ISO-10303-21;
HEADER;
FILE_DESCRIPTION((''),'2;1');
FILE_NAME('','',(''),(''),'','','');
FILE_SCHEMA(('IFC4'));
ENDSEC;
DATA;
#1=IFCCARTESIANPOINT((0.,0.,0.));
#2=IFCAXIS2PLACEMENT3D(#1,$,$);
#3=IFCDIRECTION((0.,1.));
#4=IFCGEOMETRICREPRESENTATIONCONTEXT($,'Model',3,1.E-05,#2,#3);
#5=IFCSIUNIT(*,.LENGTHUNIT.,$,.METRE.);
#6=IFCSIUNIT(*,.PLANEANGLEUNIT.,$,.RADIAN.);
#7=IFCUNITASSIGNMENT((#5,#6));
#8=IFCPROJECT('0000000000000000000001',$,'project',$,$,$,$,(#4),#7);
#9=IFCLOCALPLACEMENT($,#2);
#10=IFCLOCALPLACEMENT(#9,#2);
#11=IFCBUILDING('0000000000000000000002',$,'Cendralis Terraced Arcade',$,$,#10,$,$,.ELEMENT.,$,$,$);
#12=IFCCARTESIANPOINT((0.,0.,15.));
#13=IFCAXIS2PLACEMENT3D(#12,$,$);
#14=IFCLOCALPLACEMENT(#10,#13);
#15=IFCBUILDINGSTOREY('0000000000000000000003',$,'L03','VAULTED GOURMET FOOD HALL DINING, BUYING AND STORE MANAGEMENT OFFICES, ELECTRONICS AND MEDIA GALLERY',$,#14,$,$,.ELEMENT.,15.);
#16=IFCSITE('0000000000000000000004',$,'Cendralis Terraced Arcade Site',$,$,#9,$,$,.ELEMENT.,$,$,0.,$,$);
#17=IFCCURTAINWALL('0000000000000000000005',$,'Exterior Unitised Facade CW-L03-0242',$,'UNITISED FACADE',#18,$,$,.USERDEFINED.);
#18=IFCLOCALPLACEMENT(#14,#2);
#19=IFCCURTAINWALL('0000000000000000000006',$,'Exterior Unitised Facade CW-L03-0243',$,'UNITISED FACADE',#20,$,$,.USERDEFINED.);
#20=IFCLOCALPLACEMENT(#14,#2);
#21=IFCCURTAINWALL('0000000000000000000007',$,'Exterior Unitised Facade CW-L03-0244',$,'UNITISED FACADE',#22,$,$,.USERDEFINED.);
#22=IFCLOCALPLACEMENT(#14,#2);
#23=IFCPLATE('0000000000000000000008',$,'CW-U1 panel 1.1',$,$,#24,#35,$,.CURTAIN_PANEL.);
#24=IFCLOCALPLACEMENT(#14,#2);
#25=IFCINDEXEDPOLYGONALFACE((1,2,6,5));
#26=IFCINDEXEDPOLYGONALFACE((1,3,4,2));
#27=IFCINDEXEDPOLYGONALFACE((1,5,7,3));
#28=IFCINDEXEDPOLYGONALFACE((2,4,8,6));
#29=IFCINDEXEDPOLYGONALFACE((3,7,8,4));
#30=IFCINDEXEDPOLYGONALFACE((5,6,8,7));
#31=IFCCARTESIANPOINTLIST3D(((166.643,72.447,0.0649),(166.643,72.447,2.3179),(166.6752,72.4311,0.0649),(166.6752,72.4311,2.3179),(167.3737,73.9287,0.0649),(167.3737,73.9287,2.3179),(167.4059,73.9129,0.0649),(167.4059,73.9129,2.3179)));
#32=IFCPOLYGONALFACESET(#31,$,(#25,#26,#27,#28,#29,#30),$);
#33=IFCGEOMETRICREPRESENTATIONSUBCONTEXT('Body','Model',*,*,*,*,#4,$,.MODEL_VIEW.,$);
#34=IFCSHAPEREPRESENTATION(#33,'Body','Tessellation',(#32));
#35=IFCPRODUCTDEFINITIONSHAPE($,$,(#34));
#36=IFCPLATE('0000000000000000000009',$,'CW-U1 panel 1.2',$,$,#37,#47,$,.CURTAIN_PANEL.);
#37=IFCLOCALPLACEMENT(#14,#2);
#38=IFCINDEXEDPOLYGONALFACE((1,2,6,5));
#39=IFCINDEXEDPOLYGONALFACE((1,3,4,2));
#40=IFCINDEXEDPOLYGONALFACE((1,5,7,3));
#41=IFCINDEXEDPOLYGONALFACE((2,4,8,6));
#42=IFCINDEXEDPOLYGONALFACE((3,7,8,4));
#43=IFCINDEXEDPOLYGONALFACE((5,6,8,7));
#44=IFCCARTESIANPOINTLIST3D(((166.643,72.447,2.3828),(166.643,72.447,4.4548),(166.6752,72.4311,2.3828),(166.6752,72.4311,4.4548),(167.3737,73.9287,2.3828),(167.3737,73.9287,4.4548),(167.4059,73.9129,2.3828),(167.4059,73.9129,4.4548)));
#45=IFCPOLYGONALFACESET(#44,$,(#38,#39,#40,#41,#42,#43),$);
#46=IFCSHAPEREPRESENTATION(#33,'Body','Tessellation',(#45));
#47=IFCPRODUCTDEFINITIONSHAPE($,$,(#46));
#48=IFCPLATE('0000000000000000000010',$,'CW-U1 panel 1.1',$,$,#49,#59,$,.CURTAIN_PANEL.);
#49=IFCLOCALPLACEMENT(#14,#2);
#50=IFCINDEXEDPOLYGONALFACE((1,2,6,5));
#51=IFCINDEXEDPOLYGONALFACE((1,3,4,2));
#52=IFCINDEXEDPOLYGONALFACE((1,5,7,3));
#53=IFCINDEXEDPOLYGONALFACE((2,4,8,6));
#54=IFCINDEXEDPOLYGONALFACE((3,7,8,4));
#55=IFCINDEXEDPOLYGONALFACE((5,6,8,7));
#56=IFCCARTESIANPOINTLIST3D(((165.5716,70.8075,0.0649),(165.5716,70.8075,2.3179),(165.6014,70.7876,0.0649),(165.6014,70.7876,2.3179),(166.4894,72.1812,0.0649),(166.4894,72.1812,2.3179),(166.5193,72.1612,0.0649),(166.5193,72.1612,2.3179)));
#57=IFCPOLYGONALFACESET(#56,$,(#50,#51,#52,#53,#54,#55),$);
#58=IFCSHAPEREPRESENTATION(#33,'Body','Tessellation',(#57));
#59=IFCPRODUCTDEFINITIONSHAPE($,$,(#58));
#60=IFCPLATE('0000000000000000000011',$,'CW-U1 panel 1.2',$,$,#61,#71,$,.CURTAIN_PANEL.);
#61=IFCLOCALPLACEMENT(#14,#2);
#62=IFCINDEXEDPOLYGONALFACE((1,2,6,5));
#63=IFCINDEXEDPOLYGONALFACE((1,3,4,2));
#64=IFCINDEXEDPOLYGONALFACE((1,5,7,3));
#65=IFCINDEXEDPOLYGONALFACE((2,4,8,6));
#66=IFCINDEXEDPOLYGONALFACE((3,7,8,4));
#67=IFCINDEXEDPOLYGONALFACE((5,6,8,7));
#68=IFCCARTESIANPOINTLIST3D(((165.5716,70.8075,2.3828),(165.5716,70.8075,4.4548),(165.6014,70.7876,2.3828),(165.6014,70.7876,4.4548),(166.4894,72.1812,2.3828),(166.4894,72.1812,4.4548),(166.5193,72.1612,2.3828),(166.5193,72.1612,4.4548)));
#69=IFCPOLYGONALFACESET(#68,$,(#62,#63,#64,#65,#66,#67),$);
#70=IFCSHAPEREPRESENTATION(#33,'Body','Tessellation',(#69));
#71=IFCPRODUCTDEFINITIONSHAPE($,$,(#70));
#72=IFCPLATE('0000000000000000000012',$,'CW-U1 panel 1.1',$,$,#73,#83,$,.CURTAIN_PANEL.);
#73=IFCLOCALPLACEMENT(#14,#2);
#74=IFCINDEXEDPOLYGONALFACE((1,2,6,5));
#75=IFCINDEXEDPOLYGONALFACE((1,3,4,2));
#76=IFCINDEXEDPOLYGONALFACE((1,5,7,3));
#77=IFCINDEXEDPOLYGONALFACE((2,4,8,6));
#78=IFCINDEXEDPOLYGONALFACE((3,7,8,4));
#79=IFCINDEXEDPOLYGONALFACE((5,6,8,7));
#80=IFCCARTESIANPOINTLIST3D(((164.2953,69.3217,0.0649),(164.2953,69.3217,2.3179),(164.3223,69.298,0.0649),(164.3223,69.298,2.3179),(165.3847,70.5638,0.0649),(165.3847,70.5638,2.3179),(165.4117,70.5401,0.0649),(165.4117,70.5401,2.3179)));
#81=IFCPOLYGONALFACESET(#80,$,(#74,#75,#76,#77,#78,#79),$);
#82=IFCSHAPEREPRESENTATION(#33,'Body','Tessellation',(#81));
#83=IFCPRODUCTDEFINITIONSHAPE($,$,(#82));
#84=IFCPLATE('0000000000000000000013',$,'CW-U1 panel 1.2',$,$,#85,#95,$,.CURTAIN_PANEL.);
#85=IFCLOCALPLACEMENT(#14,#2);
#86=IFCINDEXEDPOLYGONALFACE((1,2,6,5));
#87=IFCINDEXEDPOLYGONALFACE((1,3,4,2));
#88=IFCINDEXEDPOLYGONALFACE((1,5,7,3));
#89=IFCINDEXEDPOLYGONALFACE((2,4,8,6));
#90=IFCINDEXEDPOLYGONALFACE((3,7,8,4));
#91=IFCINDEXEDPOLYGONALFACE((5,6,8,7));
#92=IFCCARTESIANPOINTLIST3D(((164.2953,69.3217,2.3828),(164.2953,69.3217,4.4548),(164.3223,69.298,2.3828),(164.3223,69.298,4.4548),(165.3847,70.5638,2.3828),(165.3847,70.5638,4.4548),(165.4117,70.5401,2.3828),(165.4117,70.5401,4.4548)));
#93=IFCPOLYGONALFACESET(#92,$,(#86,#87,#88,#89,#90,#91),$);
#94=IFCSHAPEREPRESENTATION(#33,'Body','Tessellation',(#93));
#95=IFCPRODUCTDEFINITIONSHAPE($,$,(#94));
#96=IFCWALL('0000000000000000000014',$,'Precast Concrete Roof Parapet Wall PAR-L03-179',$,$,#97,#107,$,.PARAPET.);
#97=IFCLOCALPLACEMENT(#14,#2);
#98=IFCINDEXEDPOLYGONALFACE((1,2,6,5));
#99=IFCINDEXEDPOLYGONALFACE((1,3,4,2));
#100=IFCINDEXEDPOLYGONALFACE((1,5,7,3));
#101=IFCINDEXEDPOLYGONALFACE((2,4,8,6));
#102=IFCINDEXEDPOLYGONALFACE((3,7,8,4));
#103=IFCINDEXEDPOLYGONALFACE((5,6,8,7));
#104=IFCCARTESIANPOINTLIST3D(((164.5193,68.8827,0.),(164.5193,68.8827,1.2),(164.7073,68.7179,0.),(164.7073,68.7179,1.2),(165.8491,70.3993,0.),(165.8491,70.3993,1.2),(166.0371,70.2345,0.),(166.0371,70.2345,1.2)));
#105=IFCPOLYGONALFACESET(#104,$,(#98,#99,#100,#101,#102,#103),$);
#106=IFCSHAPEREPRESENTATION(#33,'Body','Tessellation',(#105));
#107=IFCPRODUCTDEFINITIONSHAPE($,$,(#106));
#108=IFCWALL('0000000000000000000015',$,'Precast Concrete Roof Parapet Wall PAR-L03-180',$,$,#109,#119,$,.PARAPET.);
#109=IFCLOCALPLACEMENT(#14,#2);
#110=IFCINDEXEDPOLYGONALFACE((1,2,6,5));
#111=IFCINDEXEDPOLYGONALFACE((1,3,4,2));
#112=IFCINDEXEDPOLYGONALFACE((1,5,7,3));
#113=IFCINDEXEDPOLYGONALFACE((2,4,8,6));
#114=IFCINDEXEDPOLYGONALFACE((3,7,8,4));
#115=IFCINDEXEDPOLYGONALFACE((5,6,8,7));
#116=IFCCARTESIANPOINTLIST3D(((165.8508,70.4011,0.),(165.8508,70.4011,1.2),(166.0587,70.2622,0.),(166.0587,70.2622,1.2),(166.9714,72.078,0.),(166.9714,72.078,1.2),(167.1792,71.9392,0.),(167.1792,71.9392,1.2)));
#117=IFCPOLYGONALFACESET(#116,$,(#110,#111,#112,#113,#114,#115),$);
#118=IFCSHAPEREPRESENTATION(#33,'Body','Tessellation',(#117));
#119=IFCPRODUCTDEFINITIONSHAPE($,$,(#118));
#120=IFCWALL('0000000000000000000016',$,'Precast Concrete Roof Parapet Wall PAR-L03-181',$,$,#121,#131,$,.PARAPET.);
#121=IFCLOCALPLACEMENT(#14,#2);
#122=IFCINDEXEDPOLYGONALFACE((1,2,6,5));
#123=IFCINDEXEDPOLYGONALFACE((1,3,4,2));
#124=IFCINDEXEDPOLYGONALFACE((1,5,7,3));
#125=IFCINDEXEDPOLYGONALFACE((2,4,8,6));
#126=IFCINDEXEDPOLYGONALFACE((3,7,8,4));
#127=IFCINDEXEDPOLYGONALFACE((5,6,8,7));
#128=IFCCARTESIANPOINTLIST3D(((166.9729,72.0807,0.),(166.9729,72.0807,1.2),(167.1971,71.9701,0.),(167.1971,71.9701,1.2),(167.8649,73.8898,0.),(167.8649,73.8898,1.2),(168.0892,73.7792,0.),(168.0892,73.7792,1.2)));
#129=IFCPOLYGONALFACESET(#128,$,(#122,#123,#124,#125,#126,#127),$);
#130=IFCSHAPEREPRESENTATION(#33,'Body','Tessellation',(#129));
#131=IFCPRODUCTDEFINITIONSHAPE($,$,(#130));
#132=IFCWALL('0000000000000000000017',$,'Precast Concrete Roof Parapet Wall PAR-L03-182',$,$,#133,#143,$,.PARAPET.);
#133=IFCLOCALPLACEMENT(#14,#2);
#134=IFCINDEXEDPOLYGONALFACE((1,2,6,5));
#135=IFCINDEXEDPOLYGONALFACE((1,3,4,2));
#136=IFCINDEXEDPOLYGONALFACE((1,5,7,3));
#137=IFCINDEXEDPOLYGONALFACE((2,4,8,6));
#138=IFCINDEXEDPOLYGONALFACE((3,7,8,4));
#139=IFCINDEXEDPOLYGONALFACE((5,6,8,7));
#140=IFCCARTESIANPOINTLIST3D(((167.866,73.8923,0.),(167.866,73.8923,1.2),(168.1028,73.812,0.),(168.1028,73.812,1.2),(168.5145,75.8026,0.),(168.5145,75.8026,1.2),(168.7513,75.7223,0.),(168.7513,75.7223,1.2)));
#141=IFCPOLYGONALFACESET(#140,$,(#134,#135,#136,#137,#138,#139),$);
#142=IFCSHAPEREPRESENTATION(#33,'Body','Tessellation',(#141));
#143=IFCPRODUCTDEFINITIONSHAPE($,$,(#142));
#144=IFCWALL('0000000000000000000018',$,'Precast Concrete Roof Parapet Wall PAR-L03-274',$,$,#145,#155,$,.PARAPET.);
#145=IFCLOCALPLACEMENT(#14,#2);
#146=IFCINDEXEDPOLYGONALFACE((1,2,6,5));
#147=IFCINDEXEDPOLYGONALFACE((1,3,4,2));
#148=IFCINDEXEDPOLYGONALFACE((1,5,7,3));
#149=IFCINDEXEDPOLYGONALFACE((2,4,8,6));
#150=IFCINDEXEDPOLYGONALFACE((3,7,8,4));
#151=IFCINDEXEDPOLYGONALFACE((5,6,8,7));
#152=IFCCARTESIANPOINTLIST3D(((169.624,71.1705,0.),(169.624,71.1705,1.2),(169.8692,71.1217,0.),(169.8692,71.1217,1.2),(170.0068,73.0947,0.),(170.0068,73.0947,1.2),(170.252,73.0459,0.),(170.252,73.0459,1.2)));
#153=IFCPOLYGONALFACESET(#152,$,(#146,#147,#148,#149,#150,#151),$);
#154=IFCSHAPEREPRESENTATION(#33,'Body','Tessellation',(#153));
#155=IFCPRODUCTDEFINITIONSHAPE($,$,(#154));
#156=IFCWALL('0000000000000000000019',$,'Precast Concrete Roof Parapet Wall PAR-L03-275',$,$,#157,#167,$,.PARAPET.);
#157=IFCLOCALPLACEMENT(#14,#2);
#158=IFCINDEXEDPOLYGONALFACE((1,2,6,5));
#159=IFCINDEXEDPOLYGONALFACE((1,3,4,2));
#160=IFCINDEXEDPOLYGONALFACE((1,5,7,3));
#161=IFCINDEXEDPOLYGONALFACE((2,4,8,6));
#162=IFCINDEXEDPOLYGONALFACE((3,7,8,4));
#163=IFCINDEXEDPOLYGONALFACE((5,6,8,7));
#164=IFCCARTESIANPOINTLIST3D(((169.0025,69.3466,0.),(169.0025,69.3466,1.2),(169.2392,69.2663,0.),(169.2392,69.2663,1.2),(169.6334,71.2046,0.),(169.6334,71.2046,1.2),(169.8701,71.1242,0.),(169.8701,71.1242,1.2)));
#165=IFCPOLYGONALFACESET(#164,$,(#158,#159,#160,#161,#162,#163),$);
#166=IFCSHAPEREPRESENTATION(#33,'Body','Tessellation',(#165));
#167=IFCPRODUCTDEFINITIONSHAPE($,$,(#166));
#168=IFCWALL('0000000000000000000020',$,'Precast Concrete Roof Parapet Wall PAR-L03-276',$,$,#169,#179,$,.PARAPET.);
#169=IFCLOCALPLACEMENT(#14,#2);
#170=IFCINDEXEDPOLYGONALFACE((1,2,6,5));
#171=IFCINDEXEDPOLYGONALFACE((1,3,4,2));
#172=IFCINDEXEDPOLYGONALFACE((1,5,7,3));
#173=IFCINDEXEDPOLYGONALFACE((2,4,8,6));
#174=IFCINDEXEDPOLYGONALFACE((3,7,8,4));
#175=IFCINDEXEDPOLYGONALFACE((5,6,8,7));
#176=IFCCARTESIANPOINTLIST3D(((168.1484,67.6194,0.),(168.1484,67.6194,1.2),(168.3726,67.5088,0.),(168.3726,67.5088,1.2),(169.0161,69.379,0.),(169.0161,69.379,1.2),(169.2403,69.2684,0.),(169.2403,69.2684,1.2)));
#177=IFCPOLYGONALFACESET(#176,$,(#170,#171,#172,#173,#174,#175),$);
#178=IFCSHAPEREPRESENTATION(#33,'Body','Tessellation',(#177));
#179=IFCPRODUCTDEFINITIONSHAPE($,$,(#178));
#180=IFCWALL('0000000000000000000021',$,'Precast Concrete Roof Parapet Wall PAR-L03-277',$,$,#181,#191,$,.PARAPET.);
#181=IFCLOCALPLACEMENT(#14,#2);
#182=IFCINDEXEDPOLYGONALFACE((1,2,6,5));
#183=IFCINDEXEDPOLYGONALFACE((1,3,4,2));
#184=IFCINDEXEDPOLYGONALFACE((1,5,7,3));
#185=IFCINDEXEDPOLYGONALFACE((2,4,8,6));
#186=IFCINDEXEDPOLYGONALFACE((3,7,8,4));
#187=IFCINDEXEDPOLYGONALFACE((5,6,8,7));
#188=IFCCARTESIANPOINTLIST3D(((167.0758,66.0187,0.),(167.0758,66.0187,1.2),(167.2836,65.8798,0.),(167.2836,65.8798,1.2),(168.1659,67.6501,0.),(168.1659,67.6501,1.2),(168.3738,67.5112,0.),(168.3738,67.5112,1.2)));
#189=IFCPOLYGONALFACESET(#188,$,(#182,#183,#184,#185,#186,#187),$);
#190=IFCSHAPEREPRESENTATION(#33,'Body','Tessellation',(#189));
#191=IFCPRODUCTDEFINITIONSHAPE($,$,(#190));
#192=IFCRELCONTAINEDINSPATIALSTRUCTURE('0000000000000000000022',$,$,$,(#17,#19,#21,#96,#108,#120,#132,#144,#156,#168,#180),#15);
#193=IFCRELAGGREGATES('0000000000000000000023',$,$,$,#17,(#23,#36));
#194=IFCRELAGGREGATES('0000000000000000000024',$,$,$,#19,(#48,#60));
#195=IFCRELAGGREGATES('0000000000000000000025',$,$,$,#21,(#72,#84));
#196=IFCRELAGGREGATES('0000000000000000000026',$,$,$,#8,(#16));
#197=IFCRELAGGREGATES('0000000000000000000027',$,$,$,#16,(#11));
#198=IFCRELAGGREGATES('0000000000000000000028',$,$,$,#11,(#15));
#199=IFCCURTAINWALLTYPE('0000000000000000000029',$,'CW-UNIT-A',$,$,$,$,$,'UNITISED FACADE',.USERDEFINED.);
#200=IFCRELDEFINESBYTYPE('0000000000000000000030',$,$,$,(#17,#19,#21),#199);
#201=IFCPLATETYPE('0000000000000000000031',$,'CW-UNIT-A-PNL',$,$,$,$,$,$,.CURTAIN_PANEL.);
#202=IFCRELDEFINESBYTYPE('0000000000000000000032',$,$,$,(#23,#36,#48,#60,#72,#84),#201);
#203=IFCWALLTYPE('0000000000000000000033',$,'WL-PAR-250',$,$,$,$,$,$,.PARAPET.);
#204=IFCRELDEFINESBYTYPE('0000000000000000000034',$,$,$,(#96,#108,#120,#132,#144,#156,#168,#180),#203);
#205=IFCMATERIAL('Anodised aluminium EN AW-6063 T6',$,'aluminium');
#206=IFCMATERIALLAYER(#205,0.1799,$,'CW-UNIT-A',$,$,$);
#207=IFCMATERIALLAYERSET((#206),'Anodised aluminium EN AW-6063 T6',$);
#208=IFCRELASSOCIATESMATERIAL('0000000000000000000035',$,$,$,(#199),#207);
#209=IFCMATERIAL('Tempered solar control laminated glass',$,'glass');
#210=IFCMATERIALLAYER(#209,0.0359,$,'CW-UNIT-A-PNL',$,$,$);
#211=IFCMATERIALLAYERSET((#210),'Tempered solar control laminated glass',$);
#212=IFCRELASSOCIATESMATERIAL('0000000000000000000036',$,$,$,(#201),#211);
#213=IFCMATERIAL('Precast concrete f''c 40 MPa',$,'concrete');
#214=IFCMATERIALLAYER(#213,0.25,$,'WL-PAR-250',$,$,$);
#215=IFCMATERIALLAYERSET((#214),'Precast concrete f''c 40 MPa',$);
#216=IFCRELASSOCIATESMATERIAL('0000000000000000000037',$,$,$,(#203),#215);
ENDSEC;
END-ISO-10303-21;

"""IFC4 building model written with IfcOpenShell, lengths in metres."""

from ifc_helpers import new_model, si_unit, direction, frame, frame_2d, origin, origin_2d, place, context, subcontext, project, spatial, rectangle, extrude, material, layer, layer_set, type_object, element, aggregate, save


model = new_model("IFC4")

# Units and contexts
model_context = context("Model", 3, precision=1e-05, world=origin(), true_north=direction((0.0, 1.0)))
body_context = subcontext(model_context, "Body", "Model", "MODEL_VIEW")
ifc_project = project(units=[si_unit("LENGTHUNIT", "METRE"), si_unit("PLANEANGLEUNIT", "RADIAN")], contexts=[model_context])

# Site, building, storey
site_placement = place(None, origin())
site = spatial("IfcSite", under=ifc_project, at=site_placement, Name="Cendralis Terraced Arcade Site", CompositionType="ELEMENT", RefElevation=0.0)
building_placement = place(site_placement, origin())
building = spatial("IfcBuilding", under=site, at=building_placement, Name="Cendralis Terraced Arcade", CompositionType="ELEMENT")
storey_placement = place(building_placement, frame((0.0, 0.0, 15.0)))
storey = spatial("IfcBuildingStorey", under=building, at=storey_placement, Name="L03", Description="VAULTED GOURMET FOOD HALL DINING, BUYING AND STORE MANAGEMENT OFFICES, ELECTRONICS AND MEDIA GALLERY", CompositionType="ELEMENT", Elevation=15.0)

# Curtain wall
ifc_material_1 = material(Name="Anodised aluminium EN AW-6063 T6", Category="aluminium")
ifc_layer_1 = layer(ifc_material_1, 0.1799, Name="CW-UNIT-A")
ifc_layer_set_1 = layer_set([ifc_layer_1], Name="Anodised aluminium EN AW-6063 T6")
curtain_wall_type = type_object("IfcCurtainWallType", Name="CW-UNIT-A", ElementType="UNITISED FACADE", PredefinedType="USERDEFINED", material=ifc_layer_set_1)
curtain_wall_1_placement = place(storey_placement, origin())
curtain_wall_1 = element("IfcCurtainWall", 1, at=curtain_wall_1_placement, inside=storey, type_object=curtain_wall_type, Name="Exterior Unitised Facade CW-L03-0242", ObjectType="UNITISED FACADE", PredefinedType="USERDEFINED")

# Curtain walls
curtain_wall_2_placement = place(storey_placement, origin())
curtain_wall_2 = element("IfcCurtainWall", 2, at=curtain_wall_2_placement, inside=storey, type_object=curtain_wall_type, Name="Exterior Unitised Facade CW-L03-0243", ObjectType="UNITISED FACADE", PredefinedType="USERDEFINED")
curtain_wall_3_placement = place(storey_placement, origin())
curtain_wall_3 = element("IfcCurtainWall", 3, at=curtain_wall_3_placement, inside=storey, type_object=curtain_wall_type, Name="Exterior Unitised Facade CW-L03-0244", ObjectType="UNITISED FACADE", PredefinedType="USERDEFINED")

# Plates
ifc_material_2 = material(Name="Tempered solar control laminated glass", Category="glass")
ifc_layer_2 = layer(ifc_material_2, 0.0359, Name="CW-UNIT-A-PNL")
ifc_layer_set_2 = layer_set([ifc_layer_2], Name="Tempered solar control laminated glass")
plate_type = type_object("IfcPlateType", Name="CW-UNIT-A-PNL", PredefinedType="CURTAIN_PANEL", material=ifc_layer_set_2)
plate_1_placement = place(storey_placement, frame((167.0244, 73.1799, 0.0649), z_axis=(0.0, 0.0, 1.0), x_axis=(-0.442291, -0.896871, 0.0)))
plate_1 = element("IfcPlate", 4, at=plate_1_placement, type_object=plate_type, Name="CW-U1 panel 1.1", PredefinedType="CURTAIN_PANEL", context=body_context, shape_type="SweptSolid", body=[
    extrude(rectangle(XDim=1.6521, YDim=0.0359, at=origin_2d()), origin(), (0.0, 0.0, 1.0), 2.2529),
])
plate_2_placement = place(storey_placement, frame((167.0244, 73.1799, 2.3828), z_axis=(0.0, 0.0, 1.0), x_axis=(-0.442291, -0.896871, 0.0)))
plate_2 = element("IfcPlate", 5, at=plate_2_placement, type_object=plate_type, Name="CW-U1 panel 1.2", PredefinedType="CURTAIN_PANEL", context=body_context, shape_type="SweptSolid", body=[
    extrude(rectangle(XDim=1.6521, YDim=0.0359, at=origin_2d()), origin(), (0.0, 0.0, 1.0), 2.072),
])
aggregate(curtain_wall_1, [plate_1, plate_2])
plate_3_placement = place(storey_placement, frame((166.0454, 71.4844, 0.0649), z_axis=(0.0, 0.0, 1.0), x_axis=(-0.555567, -0.831471, 0.0)))
plate_3 = element("IfcPlate", 6, at=plate_3_placement, type_object=plate_type, Name="CW-U1 panel 1.1", PredefinedType="CURTAIN_PANEL", context=body_context, shape_type="SweptSolid", body=[
    extrude(rectangle(XDim=1.6521, YDim=0.0359, at=origin_2d()), origin(), (0.0, 0.0, 1.0), 2.2529),
])
plate_4_placement = place(storey_placement, frame((166.0454, 71.4844, 2.3828), z_axis=(0.0, 0.0, 1.0), x_axis=(-0.555567, -0.831471, 0.0)))
plate_4 = element("IfcPlate", 7, at=plate_4_placement, type_object=plate_type, Name="CW-U1 panel 1.2", PredefinedType="CURTAIN_PANEL", context=body_context, shape_type="SweptSolid", body=[
    extrude(rectangle(XDim=1.6521, YDim=0.0359, at=origin_2d()), origin(), (0.0, 0.0, 1.0), 2.072),
])
aggregate(curtain_wall_2, [plate_3, plate_4])
plate_5_placement = place(storey_placement, frame((164.8535, 69.9309, 0.0649), z_axis=(0.0, 0.0, 1.0), x_axis=(-0.659386, -0.751804, 0.0)))
plate_5 = element("IfcPlate", 8, at=plate_5_placement, type_object=plate_type, Name="CW-U1 panel 1.1", PredefinedType="CURTAIN_PANEL", context=body_context, shape_type="SweptSolid", body=[
    extrude(rectangle(XDim=1.6521, YDim=0.0359, at=origin_2d()), origin(), (0.0, 0.0, 1.0), 2.2529),
])
plate_6_placement = place(storey_placement, frame((164.8535, 69.9309, 2.3828), z_axis=(0.0, 0.0, 1.0), x_axis=(-0.659386, -0.751804, 0.0)))
plate_6 = element("IfcPlate", 9, at=plate_6_placement, type_object=plate_type, Name="CW-U1 panel 1.2", PredefinedType="CURTAIN_PANEL", context=body_context, shape_type="SweptSolid", body=[
    extrude(rectangle(XDim=1.6521, YDim=0.0359, at=origin_2d()), origin(), (0.0, 0.0, 1.0), 2.072),
])
aggregate(curtain_wall_3, [plate_5, plate_6])

# Walls
ifc_material_3 = material(Name="Precast concrete f'c 40 MPa", Category="concrete")
ifc_layer_3 = layer(ifc_material_3, 0.25, Name="WL-PAR-250")
ifc_layer_set_3 = layer_set([ifc_layer_3], Name="Precast concrete f'c 40 MPa")
wall_type = type_object("IfcWallType", Name="WL-PAR-250", PredefinedType="PARAPET", material=ifc_layer_set_3)
wall_1_placement = place(storey_placement, frame((164.6133, 68.8003, 0.0), z_axis=(0.0, 0.0, 1.0), x_axis=(0.659293, 0.751886, 0.0)))
element("IfcWall", 10, at=wall_1_placement, inside=storey, type_object=wall_type, Name="Precast Concrete Roof Parapet Wall PAR-L03-179", PredefinedType="PARAPET", context=body_context, shape_type="SweptSolid", body=[
    extrude(rectangle(XDim=2.0171, YDim=0.25, at=frame_2d((1.0085, 0.0))), origin(), (0.0, 0.0, 1.0), 1.2),
])
wall_2_placement = place(storey_placement, frame((165.9548, 70.3318, 0.0), z_axis=(0.0, 0.0, 1.0), x_axis=(0.555594, 0.831454, 0.0)))
element("IfcWall", 11, at=wall_2_placement, inside=storey, type_object=wall_type, Name="Precast Concrete Roof Parapet Wall PAR-L03-180", PredefinedType="PARAPET", context=body_context, shape_type="SweptSolid", body=[
    extrude(rectangle(XDim=2.0168, YDim=0.25, at=frame_2d((1.0083, 0.0))), origin(), (0.0, 0.0, 1.0), 1.2),
])
wall_3_placement = place(storey_placement, frame((167.085, 72.0254, 0.0), z_axis=(0.0, 0.0, 1.0), x_axis=(0.442268, 0.896883, 0.0)))
element("IfcWall", 12, at=wall_3_placement, inside=storey, type_object=wall_type, Name="Precast Concrete Roof Parapet Wall PAR-L03-181", PredefinedType="PARAPET", context=body_context, shape_type="SweptSolid", body=[
    extrude(rectangle(XDim=2.0171, YDim=0.25, at=frame_2d((1.0085, 0.0))), origin(), (0.0, 0.0, 1.0), 1.2),
])
wall_4_placement = place(storey_placement, frame((167.9844, 73.8521, 0.0), z_axis=(0.0, 0.0, 1.0), x_axis=(0.321451, 0.946926, 0.0)))
element("IfcWall", 13, at=wall_4_placement, inside=storey, type_object=wall_type, Name="Precast Concrete Roof Parapet Wall PAR-L03-182", PredefinedType="PARAPET", context=body_context, shape_type="SweptSolid", body=[
    extrude(rectangle(XDim=2.0173, YDim=0.25, at=frame_2d((1.0088, 0.0))), origin(), (0.0, 0.0, 1.0), 1.2),
])
wall_5_placement = place(storey_placement, frame((170.1294, 73.0703, 0.0), z_axis=(0.0, 0.0, 1.0), x_axis=(-0.195111, -0.980781, 0.0)))
element("IfcWall", 14, at=wall_5_placement, inside=storey, type_object=wall_type, Name="Precast Concrete Roof Parapet Wall PAR-L03-274", PredefinedType="PARAPET", context=body_context, shape_type="SweptSolid", body=[
    extrude(rectangle(XDim=1.9619, YDim=0.25, at=frame_2d((0.981, 0.0))), origin(), (0.0, 0.0, 1.0), 1.2),
])
wall_6_placement = place(storey_placement, frame((169.7517, 71.1643, 0.0), z_axis=(0.0, 0.0, 1.0), x_axis=(-0.321523, -0.946902, 0.0)))
element("IfcWall", 15, at=wall_6_placement, inside=storey, type_object=wall_type, Name="Precast Concrete Roof Parapet Wall PAR-L03-275", PredefinedType="PARAPET", context=body_context, shape_type="SweptSolid", body=[
    extrude(rectangle(XDim=1.9622, YDim=0.25, at=frame_2d((0.981, 0.0))), origin(), (0.0, 0.0, 1.0), 1.2),
])
wall_7_placement = place(storey_placement, frame((169.1282, 69.3237, 0.0), z_axis=(0.0, 0.0, 1.0), x_axis=(-0.442279, -0.896878, 0.0)))
element("IfcWall", 16, at=wall_7_placement, inside=storey, type_object=wall_type, Name="Precast Concrete Roof Parapet Wall PAR-L03-276", PredefinedType="PARAPET", context=body_context, shape_type="SweptSolid", body=[
    extrude(rectangle(XDim=1.9619, YDim=0.25, at=frame_2d((0.981, 0.0))), origin(), (0.0, 0.0, 1.0), 1.2),
])
wall_8_placement = place(storey_placement, frame((168.2698, 67.5806, 0.0), z_axis=(0.0, 0.0, 1.0), x_axis=(-0.55559, -0.831456, 0.0)))
element("IfcWall", 17, at=wall_8_placement, inside=storey, type_object=wall_type, Name="Precast Concrete Roof Parapet Wall PAR-L03-277", PredefinedType="PARAPET", context=body_context, shape_type="SweptSolid", body=[
    extrude(rectangle(XDim=1.9622, YDim=0.25, at=frame_2d((0.981, 0.0))), origin(), (0.0, 0.0, 1.0), 1.2),
])

save(model, "model.ifc")
